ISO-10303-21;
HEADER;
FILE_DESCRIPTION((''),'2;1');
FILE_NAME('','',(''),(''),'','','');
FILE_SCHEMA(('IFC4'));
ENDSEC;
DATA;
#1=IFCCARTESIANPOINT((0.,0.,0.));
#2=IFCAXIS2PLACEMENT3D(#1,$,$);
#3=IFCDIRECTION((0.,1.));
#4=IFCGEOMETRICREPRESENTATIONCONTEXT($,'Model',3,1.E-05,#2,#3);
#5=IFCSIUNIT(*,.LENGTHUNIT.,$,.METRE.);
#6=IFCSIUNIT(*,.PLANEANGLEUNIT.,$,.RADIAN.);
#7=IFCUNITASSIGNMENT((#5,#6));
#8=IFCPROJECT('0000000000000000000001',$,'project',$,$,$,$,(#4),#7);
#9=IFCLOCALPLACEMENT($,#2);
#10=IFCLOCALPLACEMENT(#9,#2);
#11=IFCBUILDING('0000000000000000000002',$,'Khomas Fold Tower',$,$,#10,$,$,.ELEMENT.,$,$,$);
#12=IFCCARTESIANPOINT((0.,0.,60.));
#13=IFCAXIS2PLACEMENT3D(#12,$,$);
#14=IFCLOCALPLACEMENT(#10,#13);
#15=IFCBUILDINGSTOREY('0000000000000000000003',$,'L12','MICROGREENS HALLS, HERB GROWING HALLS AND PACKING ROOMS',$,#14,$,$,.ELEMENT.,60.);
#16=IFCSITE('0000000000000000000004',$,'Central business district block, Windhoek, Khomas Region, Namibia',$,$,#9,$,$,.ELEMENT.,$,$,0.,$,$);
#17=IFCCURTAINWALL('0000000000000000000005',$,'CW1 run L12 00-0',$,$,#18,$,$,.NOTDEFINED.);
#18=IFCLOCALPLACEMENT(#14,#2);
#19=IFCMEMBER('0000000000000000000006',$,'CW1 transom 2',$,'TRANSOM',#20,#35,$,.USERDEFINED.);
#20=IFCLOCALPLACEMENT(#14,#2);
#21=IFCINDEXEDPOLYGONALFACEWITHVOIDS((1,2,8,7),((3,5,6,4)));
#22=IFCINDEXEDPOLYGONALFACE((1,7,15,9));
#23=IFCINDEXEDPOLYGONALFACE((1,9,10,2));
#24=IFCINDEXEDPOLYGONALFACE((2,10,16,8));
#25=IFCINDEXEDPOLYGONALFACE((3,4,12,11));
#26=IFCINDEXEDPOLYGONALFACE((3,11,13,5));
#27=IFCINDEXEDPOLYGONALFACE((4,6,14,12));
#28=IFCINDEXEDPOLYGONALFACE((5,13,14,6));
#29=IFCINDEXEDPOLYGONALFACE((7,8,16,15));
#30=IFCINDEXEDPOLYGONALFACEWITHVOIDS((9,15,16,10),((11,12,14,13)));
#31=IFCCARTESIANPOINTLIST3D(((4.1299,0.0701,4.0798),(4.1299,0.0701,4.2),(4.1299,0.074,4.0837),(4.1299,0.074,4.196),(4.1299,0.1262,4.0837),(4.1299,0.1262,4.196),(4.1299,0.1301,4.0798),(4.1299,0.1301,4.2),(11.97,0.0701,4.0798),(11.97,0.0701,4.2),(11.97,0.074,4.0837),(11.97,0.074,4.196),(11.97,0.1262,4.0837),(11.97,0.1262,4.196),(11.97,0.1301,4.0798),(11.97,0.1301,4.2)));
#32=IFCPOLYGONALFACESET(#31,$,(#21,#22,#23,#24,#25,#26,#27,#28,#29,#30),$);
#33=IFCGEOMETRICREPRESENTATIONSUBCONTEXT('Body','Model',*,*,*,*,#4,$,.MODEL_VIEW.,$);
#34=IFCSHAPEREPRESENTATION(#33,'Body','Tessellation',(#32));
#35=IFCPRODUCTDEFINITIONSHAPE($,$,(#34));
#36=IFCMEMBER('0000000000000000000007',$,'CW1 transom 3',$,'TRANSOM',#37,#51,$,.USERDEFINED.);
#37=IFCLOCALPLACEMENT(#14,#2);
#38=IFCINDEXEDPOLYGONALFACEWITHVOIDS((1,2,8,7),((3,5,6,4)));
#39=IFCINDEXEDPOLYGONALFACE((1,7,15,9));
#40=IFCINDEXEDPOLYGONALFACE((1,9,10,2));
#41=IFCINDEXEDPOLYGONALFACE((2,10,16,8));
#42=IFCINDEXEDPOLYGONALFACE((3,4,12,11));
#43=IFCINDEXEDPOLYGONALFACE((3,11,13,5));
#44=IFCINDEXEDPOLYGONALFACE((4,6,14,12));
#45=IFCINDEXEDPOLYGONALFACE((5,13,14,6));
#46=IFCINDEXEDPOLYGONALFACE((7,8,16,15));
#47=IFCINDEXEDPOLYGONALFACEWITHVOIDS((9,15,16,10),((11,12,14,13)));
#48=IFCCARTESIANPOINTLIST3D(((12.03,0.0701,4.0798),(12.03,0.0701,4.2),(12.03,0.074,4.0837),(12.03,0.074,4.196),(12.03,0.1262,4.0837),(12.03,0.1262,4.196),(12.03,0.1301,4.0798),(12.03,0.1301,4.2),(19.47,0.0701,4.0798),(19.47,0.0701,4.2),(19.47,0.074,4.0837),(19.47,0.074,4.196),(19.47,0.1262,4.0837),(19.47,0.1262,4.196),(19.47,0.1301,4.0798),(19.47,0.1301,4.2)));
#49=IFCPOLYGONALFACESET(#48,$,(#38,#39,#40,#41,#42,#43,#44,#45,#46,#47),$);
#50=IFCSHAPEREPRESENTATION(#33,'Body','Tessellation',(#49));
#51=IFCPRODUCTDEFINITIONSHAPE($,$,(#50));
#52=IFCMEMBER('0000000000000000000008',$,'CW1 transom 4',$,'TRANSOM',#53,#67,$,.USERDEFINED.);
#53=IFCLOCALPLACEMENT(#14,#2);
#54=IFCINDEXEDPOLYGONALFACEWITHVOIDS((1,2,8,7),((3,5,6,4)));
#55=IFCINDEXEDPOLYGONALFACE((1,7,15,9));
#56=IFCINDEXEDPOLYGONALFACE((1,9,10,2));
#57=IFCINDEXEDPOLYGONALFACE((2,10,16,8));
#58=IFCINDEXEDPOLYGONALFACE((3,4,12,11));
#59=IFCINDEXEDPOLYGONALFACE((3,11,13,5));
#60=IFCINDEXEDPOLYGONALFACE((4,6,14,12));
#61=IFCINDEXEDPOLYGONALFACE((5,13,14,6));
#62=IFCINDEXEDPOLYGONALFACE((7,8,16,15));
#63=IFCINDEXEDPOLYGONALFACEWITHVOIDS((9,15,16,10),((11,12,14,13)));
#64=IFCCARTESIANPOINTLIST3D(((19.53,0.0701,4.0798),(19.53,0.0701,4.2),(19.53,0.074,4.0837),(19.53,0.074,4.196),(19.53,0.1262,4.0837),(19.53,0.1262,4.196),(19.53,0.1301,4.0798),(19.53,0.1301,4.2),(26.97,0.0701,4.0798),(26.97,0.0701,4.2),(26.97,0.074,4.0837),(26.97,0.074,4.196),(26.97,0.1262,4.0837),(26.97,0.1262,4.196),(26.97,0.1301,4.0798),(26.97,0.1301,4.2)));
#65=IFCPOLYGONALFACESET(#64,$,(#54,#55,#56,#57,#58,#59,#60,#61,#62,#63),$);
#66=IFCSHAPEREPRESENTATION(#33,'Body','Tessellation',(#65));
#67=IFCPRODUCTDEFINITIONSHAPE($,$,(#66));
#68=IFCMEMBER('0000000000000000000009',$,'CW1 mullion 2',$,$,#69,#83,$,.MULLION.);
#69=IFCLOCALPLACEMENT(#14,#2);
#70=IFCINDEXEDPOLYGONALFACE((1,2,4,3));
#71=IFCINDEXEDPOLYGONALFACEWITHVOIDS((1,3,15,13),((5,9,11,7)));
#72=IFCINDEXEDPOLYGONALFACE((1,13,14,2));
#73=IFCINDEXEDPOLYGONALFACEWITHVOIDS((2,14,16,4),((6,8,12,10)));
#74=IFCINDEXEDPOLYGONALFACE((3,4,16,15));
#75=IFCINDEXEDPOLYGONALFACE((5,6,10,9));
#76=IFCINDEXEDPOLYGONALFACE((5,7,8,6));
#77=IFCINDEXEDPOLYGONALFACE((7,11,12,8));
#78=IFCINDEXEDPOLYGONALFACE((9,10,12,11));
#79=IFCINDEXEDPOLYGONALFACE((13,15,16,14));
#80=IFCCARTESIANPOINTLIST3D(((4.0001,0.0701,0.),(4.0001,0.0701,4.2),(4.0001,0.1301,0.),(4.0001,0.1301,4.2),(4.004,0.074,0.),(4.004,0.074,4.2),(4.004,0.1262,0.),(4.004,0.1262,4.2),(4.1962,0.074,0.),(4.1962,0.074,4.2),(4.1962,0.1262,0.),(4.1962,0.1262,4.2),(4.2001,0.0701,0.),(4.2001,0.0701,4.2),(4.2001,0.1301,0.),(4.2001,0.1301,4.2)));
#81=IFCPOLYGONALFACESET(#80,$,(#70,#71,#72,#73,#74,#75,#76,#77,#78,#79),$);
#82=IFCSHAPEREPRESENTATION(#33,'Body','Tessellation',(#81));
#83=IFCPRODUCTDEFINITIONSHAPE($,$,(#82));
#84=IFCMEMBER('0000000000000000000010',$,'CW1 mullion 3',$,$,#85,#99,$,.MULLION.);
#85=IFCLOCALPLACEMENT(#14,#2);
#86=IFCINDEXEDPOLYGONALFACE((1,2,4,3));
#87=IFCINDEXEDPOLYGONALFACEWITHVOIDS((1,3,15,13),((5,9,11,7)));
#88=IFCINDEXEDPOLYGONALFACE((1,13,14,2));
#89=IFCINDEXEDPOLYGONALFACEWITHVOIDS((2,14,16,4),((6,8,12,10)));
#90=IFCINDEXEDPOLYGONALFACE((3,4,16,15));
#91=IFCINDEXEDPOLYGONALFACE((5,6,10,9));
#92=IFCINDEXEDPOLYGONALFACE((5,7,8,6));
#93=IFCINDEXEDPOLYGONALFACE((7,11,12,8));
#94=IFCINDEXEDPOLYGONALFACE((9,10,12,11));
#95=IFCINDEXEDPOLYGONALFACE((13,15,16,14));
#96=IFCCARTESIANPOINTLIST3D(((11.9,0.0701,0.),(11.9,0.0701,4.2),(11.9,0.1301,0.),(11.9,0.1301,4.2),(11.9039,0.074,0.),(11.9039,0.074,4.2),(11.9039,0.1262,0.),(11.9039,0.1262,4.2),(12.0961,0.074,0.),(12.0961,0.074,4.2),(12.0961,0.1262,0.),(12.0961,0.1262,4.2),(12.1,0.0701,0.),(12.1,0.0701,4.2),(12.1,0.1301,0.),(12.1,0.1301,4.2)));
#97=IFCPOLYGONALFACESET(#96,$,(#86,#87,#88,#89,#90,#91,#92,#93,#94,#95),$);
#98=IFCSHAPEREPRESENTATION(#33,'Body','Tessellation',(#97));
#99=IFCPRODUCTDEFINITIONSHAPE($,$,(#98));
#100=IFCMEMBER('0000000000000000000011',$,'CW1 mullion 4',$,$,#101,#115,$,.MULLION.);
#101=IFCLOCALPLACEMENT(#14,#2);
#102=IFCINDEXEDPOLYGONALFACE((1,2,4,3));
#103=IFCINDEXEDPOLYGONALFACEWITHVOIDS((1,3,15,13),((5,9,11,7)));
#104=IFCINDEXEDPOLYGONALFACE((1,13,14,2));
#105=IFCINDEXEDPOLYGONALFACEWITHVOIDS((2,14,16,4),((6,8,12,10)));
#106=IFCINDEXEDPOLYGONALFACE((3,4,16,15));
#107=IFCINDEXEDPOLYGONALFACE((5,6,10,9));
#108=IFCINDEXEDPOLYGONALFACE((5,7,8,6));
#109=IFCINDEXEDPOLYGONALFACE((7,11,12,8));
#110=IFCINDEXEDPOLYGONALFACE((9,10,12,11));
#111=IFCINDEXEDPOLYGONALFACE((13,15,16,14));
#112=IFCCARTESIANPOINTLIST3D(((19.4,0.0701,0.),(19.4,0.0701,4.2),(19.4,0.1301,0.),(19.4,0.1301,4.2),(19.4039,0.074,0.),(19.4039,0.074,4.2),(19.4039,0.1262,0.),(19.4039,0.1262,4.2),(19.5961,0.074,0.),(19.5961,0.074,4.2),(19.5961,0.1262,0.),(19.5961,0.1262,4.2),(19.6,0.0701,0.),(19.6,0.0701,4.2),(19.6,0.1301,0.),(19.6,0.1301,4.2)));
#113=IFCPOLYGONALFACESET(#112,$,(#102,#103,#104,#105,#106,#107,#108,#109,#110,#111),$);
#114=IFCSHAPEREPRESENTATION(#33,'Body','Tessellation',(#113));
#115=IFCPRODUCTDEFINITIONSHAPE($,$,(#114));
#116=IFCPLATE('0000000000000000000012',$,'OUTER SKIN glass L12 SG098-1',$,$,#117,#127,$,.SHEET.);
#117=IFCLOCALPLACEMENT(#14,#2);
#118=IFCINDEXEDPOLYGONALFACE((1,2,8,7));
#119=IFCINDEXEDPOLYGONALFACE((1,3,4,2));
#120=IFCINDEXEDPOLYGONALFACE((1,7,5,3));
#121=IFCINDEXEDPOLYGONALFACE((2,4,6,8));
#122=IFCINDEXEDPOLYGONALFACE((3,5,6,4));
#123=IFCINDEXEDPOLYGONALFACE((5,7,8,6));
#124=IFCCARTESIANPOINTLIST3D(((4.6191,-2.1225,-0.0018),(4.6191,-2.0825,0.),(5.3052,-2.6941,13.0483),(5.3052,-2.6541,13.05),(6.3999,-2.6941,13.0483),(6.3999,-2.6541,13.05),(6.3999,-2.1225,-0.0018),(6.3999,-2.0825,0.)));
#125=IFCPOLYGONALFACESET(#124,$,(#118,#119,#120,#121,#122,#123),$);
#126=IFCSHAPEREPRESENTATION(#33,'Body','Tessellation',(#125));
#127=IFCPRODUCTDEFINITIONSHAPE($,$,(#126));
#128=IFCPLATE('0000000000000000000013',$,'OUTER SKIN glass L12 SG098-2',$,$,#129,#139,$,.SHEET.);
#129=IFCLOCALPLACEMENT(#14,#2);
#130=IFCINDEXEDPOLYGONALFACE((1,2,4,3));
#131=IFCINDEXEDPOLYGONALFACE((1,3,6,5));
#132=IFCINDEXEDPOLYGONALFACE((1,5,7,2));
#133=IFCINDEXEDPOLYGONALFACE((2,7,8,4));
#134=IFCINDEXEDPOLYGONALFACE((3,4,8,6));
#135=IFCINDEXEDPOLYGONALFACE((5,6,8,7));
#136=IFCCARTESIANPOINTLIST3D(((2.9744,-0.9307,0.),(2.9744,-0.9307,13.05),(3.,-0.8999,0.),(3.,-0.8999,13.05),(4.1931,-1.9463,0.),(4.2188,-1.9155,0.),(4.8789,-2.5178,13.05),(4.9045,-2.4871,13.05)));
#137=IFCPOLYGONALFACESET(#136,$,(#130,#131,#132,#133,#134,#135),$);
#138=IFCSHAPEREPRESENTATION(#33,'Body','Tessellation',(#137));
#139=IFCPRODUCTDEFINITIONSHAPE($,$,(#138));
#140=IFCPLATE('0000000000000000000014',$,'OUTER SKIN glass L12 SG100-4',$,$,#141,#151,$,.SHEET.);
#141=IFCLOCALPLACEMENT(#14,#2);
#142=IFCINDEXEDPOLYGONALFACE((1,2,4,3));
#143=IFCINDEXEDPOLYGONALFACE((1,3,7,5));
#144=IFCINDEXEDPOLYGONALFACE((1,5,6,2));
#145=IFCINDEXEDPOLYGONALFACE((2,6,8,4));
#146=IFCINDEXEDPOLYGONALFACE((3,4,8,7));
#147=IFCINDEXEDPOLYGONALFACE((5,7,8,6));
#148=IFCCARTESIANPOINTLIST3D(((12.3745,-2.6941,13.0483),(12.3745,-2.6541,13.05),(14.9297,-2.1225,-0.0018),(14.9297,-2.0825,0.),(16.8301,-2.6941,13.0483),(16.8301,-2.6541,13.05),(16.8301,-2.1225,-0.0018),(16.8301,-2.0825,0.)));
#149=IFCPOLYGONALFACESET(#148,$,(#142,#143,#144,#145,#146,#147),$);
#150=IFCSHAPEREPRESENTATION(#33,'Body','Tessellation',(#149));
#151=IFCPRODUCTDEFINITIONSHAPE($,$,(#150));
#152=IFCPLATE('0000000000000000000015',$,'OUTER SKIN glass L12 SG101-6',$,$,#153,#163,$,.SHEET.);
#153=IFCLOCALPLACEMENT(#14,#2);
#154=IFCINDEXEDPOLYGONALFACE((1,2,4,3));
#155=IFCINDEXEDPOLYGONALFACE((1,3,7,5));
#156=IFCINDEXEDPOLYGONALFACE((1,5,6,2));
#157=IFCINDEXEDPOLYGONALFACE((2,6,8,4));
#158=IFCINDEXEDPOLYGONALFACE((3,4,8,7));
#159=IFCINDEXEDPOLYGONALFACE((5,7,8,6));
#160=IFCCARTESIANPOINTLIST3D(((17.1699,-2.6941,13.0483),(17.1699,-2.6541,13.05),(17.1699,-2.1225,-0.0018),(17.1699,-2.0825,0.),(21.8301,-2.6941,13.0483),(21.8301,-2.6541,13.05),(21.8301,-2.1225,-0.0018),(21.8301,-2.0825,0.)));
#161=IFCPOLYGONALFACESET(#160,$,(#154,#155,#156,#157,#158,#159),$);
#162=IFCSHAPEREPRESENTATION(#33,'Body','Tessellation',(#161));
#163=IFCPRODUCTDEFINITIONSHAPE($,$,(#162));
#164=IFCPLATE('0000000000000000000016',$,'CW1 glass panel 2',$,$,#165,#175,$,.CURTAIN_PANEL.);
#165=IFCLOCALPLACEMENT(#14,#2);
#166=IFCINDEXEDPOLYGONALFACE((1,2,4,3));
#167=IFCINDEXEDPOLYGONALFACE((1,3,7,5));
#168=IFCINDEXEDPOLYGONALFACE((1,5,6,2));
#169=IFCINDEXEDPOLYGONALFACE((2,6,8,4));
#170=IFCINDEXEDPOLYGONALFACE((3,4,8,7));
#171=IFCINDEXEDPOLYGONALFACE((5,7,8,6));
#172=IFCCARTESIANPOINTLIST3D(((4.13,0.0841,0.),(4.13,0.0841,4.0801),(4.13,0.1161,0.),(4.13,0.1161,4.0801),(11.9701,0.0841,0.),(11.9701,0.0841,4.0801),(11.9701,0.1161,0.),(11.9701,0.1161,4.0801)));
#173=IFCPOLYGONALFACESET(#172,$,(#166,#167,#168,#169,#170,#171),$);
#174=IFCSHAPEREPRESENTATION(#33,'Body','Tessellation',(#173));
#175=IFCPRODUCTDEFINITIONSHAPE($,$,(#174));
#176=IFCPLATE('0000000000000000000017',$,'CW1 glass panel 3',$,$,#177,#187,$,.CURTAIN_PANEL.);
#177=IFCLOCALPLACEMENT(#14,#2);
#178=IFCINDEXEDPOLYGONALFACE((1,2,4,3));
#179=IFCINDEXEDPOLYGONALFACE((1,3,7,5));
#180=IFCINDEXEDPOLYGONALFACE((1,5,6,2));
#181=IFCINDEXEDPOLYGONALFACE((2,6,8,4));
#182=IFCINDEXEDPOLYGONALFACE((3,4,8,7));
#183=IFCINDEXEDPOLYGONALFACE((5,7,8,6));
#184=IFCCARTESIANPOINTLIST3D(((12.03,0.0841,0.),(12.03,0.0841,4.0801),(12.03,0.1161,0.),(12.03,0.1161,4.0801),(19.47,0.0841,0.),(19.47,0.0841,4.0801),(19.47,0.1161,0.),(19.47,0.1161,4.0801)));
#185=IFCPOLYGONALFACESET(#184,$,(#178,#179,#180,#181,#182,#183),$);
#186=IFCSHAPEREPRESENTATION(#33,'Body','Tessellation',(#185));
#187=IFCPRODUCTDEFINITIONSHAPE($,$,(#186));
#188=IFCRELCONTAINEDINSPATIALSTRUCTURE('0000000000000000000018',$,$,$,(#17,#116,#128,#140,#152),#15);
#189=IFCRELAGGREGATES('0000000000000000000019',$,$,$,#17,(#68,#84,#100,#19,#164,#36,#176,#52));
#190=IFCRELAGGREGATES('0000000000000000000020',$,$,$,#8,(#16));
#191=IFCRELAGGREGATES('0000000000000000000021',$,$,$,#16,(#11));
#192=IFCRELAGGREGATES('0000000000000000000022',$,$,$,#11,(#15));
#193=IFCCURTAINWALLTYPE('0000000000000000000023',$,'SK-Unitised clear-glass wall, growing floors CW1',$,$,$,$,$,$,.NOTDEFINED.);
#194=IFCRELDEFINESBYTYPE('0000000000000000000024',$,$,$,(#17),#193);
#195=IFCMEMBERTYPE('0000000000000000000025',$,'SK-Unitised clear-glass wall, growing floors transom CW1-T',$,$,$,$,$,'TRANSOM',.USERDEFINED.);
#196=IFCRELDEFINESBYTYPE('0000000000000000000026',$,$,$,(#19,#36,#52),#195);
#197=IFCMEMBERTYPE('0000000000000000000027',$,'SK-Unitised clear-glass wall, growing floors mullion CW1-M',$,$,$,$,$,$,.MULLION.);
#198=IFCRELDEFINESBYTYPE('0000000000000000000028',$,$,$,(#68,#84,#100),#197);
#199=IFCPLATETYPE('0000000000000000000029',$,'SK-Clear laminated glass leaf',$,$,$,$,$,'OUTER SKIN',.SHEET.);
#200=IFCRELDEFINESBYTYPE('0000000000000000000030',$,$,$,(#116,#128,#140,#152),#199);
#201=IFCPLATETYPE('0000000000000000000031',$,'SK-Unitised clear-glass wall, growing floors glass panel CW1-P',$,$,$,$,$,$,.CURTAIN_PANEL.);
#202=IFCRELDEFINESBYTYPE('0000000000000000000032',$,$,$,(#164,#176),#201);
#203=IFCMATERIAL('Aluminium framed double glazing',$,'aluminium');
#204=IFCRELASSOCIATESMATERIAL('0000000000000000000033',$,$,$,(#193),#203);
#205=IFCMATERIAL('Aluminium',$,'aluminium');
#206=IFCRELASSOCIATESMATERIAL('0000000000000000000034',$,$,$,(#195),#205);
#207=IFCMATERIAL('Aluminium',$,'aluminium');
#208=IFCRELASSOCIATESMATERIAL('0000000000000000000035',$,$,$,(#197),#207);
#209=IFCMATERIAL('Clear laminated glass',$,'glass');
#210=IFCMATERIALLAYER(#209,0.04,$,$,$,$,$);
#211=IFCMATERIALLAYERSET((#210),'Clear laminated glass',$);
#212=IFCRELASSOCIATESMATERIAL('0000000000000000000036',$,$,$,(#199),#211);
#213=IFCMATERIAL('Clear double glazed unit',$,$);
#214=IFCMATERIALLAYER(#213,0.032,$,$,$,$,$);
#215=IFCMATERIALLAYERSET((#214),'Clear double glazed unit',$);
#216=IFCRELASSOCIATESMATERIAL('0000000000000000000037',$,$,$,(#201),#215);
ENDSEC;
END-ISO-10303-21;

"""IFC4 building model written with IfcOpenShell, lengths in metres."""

from ifc_helpers import new_model, si_unit, direction, frame, origin, origin_2d, place, context, subcontext, project, spatial, polyline, rectangle, hollow_rectangle, outline, extrude, source, transform, mapped, material, layer, layer_set, material_profile, profile_set, type_object, element, aggregate, save


model = new_model("IFC4")

# Units and contexts
model_context = context("Model", 3, precision=1e-05, world=origin(), true_north=direction((0.0, 1.0)))
body_context = subcontext(model_context, "Body", "Model", "MODEL_VIEW")
ifc_project = project(units=[si_unit("LENGTHUNIT", "METRE"), si_unit("PLANEANGLEUNIT", "RADIAN")], contexts=[model_context])

# Site, building, storey
site_placement = place(None, origin())
site = spatial("IfcSite", under=ifc_project, at=site_placement, Name="Central business district block, Windhoek, Khomas Region, Namibia", CompositionType="ELEMENT", RefElevation=0.0)
building_placement = place(site_placement, origin())
building = spatial("IfcBuilding", under=site, at=building_placement, Name="Khomas Fold Tower", CompositionType="ELEMENT")
storey_placement = place(building_placement, frame((0.0, 0.0, 60.0)))
storey = spatial("IfcBuildingStorey", under=building, at=storey_placement, Name="L12", Description="MICROGREENS HALLS, HERB GROWING HALLS AND PACKING ROOMS", CompositionType="ELEMENT", Elevation=60.0)

# Curtain wall, members
ifc_material_1 = material(Name="Aluminium framed double glazing", Category="aluminium")
curtain_wall_type = type_object("IfcCurtainWallType", Name="SK-Unitised clear-glass wall, growing floors CW1", PredefinedType="NOTDEFINED", material=ifc_material_1)
curtain_wall_placement = place(storey_placement, origin())
curtain_wall = element("IfcCurtainWall", 1, at=curtain_wall_placement, inside=storey, type_object=curtain_wall_type, Name="CW1 run L12 00-0", PredefinedType="NOTDEFINED")
ifc_material_2 = material(Name="Aluminium", Category="aluminium")
ifc_material_profile_1 = material_profile(ifc_material_2, hollow_rectangle(XDim=0.0601, YDim=0.1201, WallThickness=0.0039, at=origin_2d()), Name="SK-Unitised clear-glass wall, growing floors transom CW1-T")
ifc_profile_set_1 = profile_set([ifc_material_profile_1], Name="Aluminium")
member_type_1 = type_object("IfcMemberType", Name="SK-Unitised clear-glass wall, growing floors transom CW1-T", ElementType="TRANSOM", PredefinedType="USERDEFINED", material=ifc_profile_set_1)
shared_shape_1 = source(origin(), body_context, "Body", "SweptSolid", [
    extrude(hollow_rectangle(XDim=0.0601, YDim=0.1201, WallThickness=0.0039, at=origin_2d()), origin(), (0.0, 0.0, 1.0), 7.8401),
])
member_1_placement = place(storey_placement, frame((4.1299, 0.1001, 4.1399), z_axis=(1.0, 0.0, 0.0), x_axis=(0.0, 1.0, 0.0)))
member_1 = element("IfcMember", 2, at=member_1_placement, type_object=member_type_1, Name="CW1 transom 2", ObjectType="TRANSOM", PredefinedType="USERDEFINED", context=body_context, shape_type="MappedRepresentation", body=[
    mapped(shared_shape_1, transform((0.0, 0.0, 0.0))),
])
shared_shape_2 = source(origin(), body_context, "Body", "SweptSolid", [
    extrude(hollow_rectangle(XDim=0.0601, YDim=0.1201, WallThickness=0.0039, at=origin_2d()), origin(), (0.0, 0.0, 1.0), 7.4399),
])
member_2_placement = place(storey_placement, frame((12.03, 0.1001, 4.1399), z_axis=(1.0, 0.0, 0.0), x_axis=(0.0, 1.0, 0.0)))
member_2 = element("IfcMember", 3, at=member_2_placement, type_object=member_type_1, Name="CW1 transom 3", ObjectType="TRANSOM", PredefinedType="USERDEFINED", context=body_context, shape_type="MappedRepresentation", body=[
    mapped(shared_shape_2, transform((0.0, 0.0, 0.0))),
])
member_3_placement = place(storey_placement, frame((19.53, 0.1001, 4.1399), z_axis=(1.0, 0.0, 0.0), x_axis=(0.0, 1.0, 0.0)))
member_3 = element("IfcMember", 4, at=member_3_placement, type_object=member_type_1, Name="CW1 transom 4", ObjectType="TRANSOM", PredefinedType="USERDEFINED", context=body_context, shape_type="MappedRepresentation", body=[
    mapped(shared_shape_2, transform((0.0, 0.0, 0.0))),
])
ifc_material_3 = material(Name="Aluminium", Category="aluminium")
ifc_material_profile_2 = material_profile(ifc_material_3, hollow_rectangle(XDim=0.0601, YDim=0.2, WallThickness=0.0039, at=origin_2d()), Name="SK-Unitised clear-glass wall, growing floors mullion CW1-M")
ifc_profile_set_2 = profile_set([ifc_material_profile_2], Name="Aluminium")
member_type_2 = type_object("IfcMemberType", Name="SK-Unitised clear-glass wall, growing floors mullion CW1-M", PredefinedType="MULLION", material=ifc_profile_set_2)
shared_shape_3 = source(origin(), body_context, "Body", "SweptSolid", [
    extrude(hollow_rectangle(XDim=0.0601, YDim=0.2, WallThickness=0.0039, at=origin_2d()), origin(), (0.0, 0.0, 1.0), 4.2),
])
member_4_placement = place(storey_placement, frame((4.1001, 0.1001, 0.0), z_axis=(0.0, 0.0, 1.0), x_axis=(0.0, 1.0, 0.0)))
member_4 = element("IfcMember", 5, at=member_4_placement, type_object=member_type_2, Name="CW1 mullion 2", PredefinedType="MULLION", context=body_context, shape_type="MappedRepresentation", body=[
    mapped(shared_shape_3, transform((0.0, 0.0, 0.0))),
])
member_5_placement = place(storey_placement, frame((12.0, 0.1001, 0.0), z_axis=(0.0, 0.0, 1.0), x_axis=(0.0, 1.0, 0.0)))
member_5 = element("IfcMember", 6, at=member_5_placement, type_object=member_type_2, Name="CW1 mullion 3", PredefinedType="MULLION", context=body_context, shape_type="MappedRepresentation", body=[
    mapped(shared_shape_3, transform((0.0, 0.0, 0.0))),
])
member_6_placement = place(storey_placement, frame((19.5, 0.1001, 0.0), z_axis=(0.0, 0.0, 1.0), x_axis=(0.0, 1.0, 0.0)))
member_6 = element("IfcMember", 7, at=member_6_placement, type_object=member_type_2, Name="CW1 mullion 4", PredefinedType="MULLION", context=body_context, shape_type="MappedRepresentation", body=[
    mapped(shared_shape_3, transform((0.0, 0.0, 0.0))),
])

# Plates
ifc_material_4 = material(Name="Clear laminated glass", Category="glass")
ifc_layer_1 = layer(ifc_material_4, 0.04)
ifc_layer_set_1 = layer_set([ifc_layer_1], Name="Clear laminated glass")
plate_type_1 = type_object("IfcPlateType", Name="SK-Clear laminated glass leaf", ElementType="OUTER SKIN", PredefinedType="SHEET", material=ifc_layer_set_1)
plate_1_placement = place(storey_placement, frame((6.3999, -2.0825, 0.0), z_axis=(0.0, 0.999042, 0.043754), x_axis=(-1.0, 0.0, 0.0)))
element("IfcPlate", 8, at=plate_1_placement, inside=storey, type_object=plate_type_1, Name="OUTER SKIN glass L12 SG098-1", PredefinedType="SHEET", context=body_context, shape_type="SweptSolid", body=[
    extrude(outline(polyline([(0.0, 0.0), (1.7808, 0.0), (1.0947, 13.0626), (0.0, 13.0626), (0.0, 0.0)])), origin(), (0.0, 0.0, -1.0), 0.04),
])
plate_2_placement = place(storey_placement, frame((4.2188, -1.9155, 0.0), z_axis=(0.64019, 0.768216, 0.000001), x_axis=(-0.768216, 0.64019, 0.0)))
element("IfcPlate", 9, at=plate_2_placement, inside=storey, type_object=plate_type_1, Name="OUTER SKIN glass L12 SG098-2", PredefinedType="SHEET", context=body_context, shape_type="SweptSolid", body=[
    extrude(outline(polyline([(0.0, 0.0), (1.5865, 0.0), (1.5865, 13.05), (-0.8927, 13.05), (0.0, 0.0)])), origin(), (0.0, 0.0, -1.0), 0.04),
])
plate_3_placement = place(storey_placement, frame((14.9297, -2.0825, 0.0), z_axis=(0.0, 0.999042, 0.043754), x_axis=(-0.191972, -0.04294, 0.98046)))
element("IfcPlate", 10, at=plate_3_placement, inside=storey, type_object=plate_type_1, Name="OUTER SKIN glass L12 SG100-4", PredefinedType="SHEET", context=body_context, shape_type="SweptSolid", body=[
    extrude(outline(polyline([(0.0, 0.0), (13.3101, 0.0), (12.4548, 4.3727), (-0.3648, 1.865), (0.0, 0.0)])), origin(), (0.0, 0.0, -1.0), 0.04),
])
plate_4_placement = place(storey_placement, frame((17.1699, -2.0825, 0.0), z_axis=(0.0, 0.999042, 0.043754), x_axis=(0.0, -0.043754, 0.999042)))
element("IfcPlate", 11, at=plate_4_placement, inside=storey, type_object=plate_type_1, Name="OUTER SKIN glass L12 SG101-6", PredefinedType="SHEET", context=body_context, shape_type="SweptSolid", body=[
    extrude(outline(polyline([(0.0, 0.0), (13.0626, 0.0), (13.0626, 4.6602), (0.0, 4.6602), (0.0, 0.0)])), origin(), (0.0, 0.0, -1.0), 0.04),
])

# Plates
ifc_material_5 = material(Name="Clear double glazed unit")
ifc_layer_2 = layer(ifc_material_5, 0.032)
ifc_layer_set_2 = layer_set([ifc_layer_2], Name="Clear double glazed unit")
plate_type_2 = type_object("IfcPlateType", Name="SK-Unitised clear-glass wall, growing floors glass panel CW1-P", PredefinedType="CURTAIN_PANEL", material=ifc_layer_set_2)
shared_shape_4 = source(origin(), body_context, "Body", "SweptSolid", [
    extrude(rectangle(XDim=7.8401, YDim=0.032, at=origin_2d()), origin(), (0.0, 0.0, 1.0), 4.0801),
])
plate_5_placement = place(storey_placement, frame((8.05, 0.1001, 0.0), z_axis=(0.0, 0.0, 1.0), x_axis=(1.0, 0.0, 0.0)))
plate_5 = element("IfcPlate", 12, at=plate_5_placement, type_object=plate_type_2, Name="CW1 glass panel 2", PredefinedType="CURTAIN_PANEL", context=body_context, shape_type="MappedRepresentation", body=[
    mapped(shared_shape_4, transform((0.0, 0.0, 0.0))),
])
shared_shape_5 = source(origin(), body_context, "Body", "SweptSolid", [
    extrude(rectangle(XDim=7.4399, YDim=0.032, at=origin_2d()), origin(), (0.0, 0.0, 1.0), 4.0801),
])
plate_6_placement = place(storey_placement, frame((15.75, 0.1001, 0.0), z_axis=(0.0, 0.0, 1.0), x_axis=(1.0, 0.0, 0.0)))
plate_6 = element("IfcPlate", 13, at=plate_6_placement, type_object=plate_type_2, Name="CW1 glass panel 3", PredefinedType="CURTAIN_PANEL", context=body_context, shape_type="MappedRepresentation", body=[
    mapped(shared_shape_5, transform((0.0, 0.0, 0.0))),
])
aggregate(curtain_wall, [member_4, member_5, member_6, member_1, plate_5, member_2, plate_6, member_3])

save(model, "model.ifc")
